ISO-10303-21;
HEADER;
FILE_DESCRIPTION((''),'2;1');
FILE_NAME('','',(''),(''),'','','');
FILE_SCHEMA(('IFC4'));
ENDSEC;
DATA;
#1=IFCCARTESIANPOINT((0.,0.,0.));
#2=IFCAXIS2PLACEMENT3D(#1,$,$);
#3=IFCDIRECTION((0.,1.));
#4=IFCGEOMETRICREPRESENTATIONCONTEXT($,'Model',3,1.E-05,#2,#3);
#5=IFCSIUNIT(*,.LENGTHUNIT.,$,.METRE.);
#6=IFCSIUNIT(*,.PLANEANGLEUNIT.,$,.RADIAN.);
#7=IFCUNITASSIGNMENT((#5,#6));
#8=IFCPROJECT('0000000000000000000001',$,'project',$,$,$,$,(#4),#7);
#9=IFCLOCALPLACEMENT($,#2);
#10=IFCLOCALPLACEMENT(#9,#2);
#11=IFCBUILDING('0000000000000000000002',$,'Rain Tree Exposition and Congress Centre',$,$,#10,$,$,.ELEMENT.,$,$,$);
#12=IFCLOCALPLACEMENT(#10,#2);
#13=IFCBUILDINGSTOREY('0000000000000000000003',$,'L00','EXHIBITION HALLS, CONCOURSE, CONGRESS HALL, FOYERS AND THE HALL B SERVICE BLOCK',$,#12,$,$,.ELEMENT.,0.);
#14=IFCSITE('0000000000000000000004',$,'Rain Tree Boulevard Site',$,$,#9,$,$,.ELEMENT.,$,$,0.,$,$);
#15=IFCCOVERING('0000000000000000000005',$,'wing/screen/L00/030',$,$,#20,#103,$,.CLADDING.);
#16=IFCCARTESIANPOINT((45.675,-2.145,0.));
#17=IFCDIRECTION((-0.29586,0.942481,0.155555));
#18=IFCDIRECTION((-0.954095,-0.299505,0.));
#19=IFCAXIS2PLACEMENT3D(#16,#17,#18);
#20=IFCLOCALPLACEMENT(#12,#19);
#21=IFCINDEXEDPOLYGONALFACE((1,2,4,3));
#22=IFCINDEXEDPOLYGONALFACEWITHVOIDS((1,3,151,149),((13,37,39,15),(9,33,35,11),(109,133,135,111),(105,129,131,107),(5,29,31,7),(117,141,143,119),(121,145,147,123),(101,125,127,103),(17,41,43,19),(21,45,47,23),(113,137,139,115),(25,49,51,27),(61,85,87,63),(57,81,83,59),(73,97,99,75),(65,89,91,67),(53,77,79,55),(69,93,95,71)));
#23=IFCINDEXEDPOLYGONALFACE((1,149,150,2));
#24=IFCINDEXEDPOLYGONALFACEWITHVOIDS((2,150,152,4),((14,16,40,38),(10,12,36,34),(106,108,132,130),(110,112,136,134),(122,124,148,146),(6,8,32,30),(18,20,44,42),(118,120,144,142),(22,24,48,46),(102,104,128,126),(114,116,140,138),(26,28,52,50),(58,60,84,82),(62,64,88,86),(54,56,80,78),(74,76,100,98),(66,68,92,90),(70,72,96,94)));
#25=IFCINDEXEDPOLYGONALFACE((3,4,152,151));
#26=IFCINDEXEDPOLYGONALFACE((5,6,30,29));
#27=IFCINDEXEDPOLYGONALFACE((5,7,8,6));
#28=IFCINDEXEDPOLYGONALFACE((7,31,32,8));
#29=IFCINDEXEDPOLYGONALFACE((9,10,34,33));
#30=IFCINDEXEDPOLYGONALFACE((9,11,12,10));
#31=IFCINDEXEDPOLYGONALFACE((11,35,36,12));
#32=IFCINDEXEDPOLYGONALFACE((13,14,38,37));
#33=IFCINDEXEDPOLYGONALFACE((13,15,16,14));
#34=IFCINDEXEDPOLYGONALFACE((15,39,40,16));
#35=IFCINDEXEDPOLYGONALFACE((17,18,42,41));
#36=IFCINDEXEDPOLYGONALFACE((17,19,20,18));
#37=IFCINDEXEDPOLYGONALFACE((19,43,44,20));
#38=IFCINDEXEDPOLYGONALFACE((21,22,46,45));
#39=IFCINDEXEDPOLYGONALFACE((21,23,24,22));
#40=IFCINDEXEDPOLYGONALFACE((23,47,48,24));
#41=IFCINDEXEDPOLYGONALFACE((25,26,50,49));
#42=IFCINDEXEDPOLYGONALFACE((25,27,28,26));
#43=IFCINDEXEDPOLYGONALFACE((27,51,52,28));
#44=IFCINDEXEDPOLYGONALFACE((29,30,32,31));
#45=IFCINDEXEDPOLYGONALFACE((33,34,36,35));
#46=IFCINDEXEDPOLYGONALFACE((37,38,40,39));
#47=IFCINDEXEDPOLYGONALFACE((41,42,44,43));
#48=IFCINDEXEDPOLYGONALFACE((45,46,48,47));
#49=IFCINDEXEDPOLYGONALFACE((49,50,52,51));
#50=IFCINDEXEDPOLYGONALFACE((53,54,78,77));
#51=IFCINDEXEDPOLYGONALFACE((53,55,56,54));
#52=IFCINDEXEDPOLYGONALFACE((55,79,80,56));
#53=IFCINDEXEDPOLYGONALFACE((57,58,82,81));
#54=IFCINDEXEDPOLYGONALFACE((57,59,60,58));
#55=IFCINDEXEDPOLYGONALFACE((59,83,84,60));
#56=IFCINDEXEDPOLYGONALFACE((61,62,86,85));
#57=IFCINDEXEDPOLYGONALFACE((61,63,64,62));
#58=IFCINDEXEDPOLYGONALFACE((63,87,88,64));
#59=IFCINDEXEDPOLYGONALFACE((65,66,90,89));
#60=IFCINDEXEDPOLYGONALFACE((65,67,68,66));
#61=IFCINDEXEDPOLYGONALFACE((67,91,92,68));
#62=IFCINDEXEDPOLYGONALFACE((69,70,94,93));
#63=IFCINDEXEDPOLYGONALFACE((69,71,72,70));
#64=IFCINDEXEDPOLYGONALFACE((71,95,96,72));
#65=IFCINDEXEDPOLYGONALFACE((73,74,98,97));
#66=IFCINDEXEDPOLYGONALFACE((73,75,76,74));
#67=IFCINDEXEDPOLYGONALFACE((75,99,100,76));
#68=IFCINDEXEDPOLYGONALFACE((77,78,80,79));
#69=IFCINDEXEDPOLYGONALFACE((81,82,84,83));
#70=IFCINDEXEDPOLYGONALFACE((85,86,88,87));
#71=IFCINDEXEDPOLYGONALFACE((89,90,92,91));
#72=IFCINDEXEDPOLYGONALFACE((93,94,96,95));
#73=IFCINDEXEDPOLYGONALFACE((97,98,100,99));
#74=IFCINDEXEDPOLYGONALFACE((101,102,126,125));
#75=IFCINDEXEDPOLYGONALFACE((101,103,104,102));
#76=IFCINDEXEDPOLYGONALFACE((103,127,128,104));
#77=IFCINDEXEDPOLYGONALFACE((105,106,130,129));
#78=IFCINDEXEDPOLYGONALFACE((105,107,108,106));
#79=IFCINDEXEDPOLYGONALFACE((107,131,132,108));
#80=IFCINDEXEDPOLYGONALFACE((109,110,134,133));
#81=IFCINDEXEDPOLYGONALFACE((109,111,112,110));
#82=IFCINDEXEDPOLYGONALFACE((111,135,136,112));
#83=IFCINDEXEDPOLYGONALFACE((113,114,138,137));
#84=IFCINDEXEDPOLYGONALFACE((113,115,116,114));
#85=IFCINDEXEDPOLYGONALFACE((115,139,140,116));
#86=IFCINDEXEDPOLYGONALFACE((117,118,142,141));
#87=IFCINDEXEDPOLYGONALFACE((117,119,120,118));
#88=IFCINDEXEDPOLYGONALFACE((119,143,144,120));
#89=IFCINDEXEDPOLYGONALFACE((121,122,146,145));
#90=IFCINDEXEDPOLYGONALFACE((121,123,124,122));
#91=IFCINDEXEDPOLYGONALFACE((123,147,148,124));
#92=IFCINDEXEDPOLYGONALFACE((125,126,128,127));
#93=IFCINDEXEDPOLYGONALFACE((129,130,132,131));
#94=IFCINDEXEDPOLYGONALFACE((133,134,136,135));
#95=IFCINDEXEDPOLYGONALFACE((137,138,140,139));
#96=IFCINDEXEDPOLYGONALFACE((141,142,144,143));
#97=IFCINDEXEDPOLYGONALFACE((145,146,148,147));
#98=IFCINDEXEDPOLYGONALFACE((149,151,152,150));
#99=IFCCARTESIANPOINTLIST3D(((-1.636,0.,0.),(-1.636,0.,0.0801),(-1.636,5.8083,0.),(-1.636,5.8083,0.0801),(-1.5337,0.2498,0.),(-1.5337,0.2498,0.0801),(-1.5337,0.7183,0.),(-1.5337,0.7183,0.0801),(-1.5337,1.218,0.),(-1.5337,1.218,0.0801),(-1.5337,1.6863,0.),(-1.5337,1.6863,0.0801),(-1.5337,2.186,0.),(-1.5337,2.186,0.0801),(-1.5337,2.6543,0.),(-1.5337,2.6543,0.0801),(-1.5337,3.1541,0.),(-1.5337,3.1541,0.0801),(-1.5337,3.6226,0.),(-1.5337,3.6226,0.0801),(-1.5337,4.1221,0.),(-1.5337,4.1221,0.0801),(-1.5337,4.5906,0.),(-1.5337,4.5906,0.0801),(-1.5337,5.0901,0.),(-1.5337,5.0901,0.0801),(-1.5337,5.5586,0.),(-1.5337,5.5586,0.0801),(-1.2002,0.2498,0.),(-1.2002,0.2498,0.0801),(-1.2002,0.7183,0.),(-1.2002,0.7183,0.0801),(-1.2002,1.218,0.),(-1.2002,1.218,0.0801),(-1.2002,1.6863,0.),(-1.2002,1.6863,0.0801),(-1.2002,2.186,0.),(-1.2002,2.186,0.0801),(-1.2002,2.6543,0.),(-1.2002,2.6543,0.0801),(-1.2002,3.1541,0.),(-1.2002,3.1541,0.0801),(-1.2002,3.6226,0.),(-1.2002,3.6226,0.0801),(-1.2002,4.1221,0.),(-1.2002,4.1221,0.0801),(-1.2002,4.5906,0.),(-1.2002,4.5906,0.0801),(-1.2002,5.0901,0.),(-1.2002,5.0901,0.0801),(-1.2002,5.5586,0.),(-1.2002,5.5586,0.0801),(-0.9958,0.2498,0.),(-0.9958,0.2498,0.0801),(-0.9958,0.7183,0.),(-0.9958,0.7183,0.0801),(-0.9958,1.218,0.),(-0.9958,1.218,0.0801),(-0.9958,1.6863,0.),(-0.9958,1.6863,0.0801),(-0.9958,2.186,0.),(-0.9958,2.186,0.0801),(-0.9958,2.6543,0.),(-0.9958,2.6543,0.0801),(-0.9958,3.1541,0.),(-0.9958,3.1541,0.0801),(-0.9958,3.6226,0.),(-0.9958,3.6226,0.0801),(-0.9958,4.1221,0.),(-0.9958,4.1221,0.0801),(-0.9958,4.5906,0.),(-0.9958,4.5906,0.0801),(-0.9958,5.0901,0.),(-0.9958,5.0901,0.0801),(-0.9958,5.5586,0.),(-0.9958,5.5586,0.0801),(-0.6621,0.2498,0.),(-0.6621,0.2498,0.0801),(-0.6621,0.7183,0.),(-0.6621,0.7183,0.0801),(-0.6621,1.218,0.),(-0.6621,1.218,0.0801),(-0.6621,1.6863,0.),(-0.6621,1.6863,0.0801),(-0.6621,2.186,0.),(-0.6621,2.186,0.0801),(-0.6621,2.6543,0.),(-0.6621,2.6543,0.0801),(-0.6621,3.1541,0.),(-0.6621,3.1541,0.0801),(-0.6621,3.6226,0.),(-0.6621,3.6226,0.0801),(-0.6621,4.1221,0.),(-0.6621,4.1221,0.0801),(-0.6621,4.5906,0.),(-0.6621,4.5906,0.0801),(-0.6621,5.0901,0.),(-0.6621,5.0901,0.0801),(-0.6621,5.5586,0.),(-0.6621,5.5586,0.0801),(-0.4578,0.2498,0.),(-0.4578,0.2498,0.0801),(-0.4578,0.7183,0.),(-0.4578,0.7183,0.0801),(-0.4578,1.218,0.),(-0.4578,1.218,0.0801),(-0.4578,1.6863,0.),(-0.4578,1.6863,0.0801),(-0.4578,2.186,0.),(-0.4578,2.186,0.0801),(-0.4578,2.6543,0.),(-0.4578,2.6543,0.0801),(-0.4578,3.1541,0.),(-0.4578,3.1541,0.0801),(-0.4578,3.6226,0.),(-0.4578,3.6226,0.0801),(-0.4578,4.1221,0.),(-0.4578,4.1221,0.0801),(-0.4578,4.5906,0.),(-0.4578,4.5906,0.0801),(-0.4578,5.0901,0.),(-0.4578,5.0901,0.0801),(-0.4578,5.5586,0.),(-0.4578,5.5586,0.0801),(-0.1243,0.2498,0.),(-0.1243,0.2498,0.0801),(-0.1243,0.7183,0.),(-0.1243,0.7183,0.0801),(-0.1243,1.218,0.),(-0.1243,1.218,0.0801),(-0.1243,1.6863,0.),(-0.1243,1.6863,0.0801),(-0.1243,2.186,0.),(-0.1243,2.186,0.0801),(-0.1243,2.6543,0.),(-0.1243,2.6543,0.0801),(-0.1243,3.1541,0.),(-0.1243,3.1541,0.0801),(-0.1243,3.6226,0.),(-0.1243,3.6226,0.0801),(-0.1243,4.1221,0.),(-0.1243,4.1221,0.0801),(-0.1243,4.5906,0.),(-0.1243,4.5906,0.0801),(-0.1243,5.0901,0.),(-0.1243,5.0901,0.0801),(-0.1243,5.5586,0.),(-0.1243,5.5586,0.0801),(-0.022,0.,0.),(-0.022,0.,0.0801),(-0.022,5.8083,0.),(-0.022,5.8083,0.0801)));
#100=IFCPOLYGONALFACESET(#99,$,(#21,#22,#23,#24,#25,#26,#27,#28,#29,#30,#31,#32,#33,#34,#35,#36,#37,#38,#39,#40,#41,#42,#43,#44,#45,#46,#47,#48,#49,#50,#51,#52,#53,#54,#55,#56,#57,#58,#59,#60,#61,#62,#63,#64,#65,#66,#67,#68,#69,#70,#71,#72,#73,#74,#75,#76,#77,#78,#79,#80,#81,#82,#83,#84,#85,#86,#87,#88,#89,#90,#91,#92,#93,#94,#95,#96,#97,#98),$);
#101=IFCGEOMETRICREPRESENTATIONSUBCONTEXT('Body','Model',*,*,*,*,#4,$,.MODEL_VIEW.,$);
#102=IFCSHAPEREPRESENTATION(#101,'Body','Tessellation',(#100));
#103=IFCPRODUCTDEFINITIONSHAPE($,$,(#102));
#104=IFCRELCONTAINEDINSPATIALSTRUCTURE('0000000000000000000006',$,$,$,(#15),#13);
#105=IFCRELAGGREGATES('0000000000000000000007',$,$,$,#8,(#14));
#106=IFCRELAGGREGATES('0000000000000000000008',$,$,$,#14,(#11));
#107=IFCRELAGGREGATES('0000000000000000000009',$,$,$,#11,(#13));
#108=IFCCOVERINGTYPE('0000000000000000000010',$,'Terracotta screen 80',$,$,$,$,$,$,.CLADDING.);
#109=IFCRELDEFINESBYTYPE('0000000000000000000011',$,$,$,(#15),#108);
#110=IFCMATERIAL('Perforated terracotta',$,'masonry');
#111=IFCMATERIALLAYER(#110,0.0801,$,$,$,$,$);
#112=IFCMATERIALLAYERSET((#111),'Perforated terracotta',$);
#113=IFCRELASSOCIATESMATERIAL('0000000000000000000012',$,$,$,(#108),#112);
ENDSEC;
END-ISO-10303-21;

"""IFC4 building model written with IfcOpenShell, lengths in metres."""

from ifc_helpers import new_model, si_unit, direction, frame, origin, place, context, subcontext, project, spatial, polyline, outline, extrude, material, layer, layer_set, type_object, element, save


model = new_model("IFC4")

# Units and contexts
model_context = context("Model", 3, precision=1e-05, world=origin(), true_north=direction((0.0, 1.0)))
body_context = subcontext(model_context, "Body", "Model", "MODEL_VIEW")
ifc_project = project(units=[si_unit("LENGTHUNIT", "METRE"), si_unit("PLANEANGLEUNIT", "RADIAN")], contexts=[model_context])

# Site, building, storey
site_placement = place(None, origin())
site = spatial("IfcSite", under=ifc_project, at=site_placement, Name="Rain Tree Boulevard Site", CompositionType="ELEMENT", RefElevation=0.0)
building_placement = place(site_placement, origin())
building = spatial("IfcBuilding", under=site, at=building_placement, Name="Rain Tree Exposition and Congress Centre", CompositionType="ELEMENT")
storey_placement = place(building_placement, origin())
storey = spatial("IfcBuildingStorey", under=building, at=storey_placement, Name="L00", Description="EXHIBITION HALLS, CONCOURSE, CONGRESS HALL, FOYERS AND THE HALL B SERVICE BLOCK", CompositionType="ELEMENT", Elevation=0.0)

# Covering
ifc_material_1 = material(Name="Perforated terracotta", Category="masonry")
ifc_layer_1 = layer(ifc_material_1, 0.0801)
ifc_layer_set_1 = layer_set([ifc_layer_1], Name="Perforated terracotta")
covering_type = type_object("IfcCoveringType", Name="Terracotta screen 80", PredefinedType="CLADDING", material=ifc_layer_set_1)
covering_1_placement = place(storey_placement, frame((45.675, -2.145, 0.0), z_axis=(-0.29586, 0.942481, 0.155555), x_axis=(-0.954095, -0.299505, 0.0)))
element("IfcCovering", 1, at=covering_1_placement, inside=storey, type_object=covering_type, Name="wing/screen/L00/030", PredefinedType="CLADDING", context=body_context, shape_type="SweptSolid", body=[
    extrude(outline(polyline([(-1.636, 0.0), (-1.636, 5.8083), (-0.022, 5.8083), (-0.022, 0.0), (-1.636, 0.0)]), holes=[polyline([(-0.1243, 0.2498), (-0.1243, 0.7183), (-0.4578, 0.7183), (-0.4578, 0.2498), (-0.1243, 0.2498)]), polyline([(-0.1243, 1.218), (-0.1243, 1.6863), (-0.4578, 1.6863), (-0.4578, 1.218), (-0.1243, 1.218)]), polyline([(-0.1243, 2.186), (-0.1243, 2.6543), (-0.4578, 2.6543), (-0.4578, 2.186), (-0.1243, 2.186)]), polyline([(-0.1243, 3.1541), (-0.1243, 3.6226), (-0.4578, 3.6226), (-0.4578, 3.1541), (-0.1243, 3.1541)]), polyline([(-0.1243, 4.1221), (-0.1243, 4.5906), (-0.4578, 4.5906), (-0.4578, 4.1221), (-0.1243, 4.1221)]), polyline([(-0.1243, 5.0901), (-0.1243, 5.5586), (-0.4578, 5.5586), (-0.4578, 5.0901), (-0.1243, 5.0901)]), polyline([(-0.6621, 0.2498), (-0.6621, 0.7183), (-0.9958, 0.7183), (-0.9958, 0.2498), (-0.6621, 0.2498)]), polyline([(-0.6621, 1.218), (-0.6621, 1.6863), (-0.9958, 1.6863), (-0.9958, 1.218), (-0.6621, 1.218)]), polyline([(-0.6621, 2.186), (-0.6621, 2.6543), (-0.9958, 2.6543), (-0.9958, 2.186), (-0.6621, 2.186)]), polyline([(-0.6621, 3.1541), (-0.6621, 3.6226), (-0.9958, 3.6226), (-0.9958, 3.1541), (-0.6621, 3.1541)]), polyline([(-0.6621, 4.1221), (-0.6621, 4.5906), (-0.9958, 4.5906), (-0.9958, 4.1221), (-0.6621, 4.1221)]), polyline([(-0.6621, 5.0901), (-0.6621, 5.5586), (-0.9958, 5.5586), (-0.9958, 5.0901), (-0.6621, 5.0901)]), polyline([(-1.2002, 0.2498), (-1.2002, 0.7183), (-1.5337, 0.7183), (-1.5337, 0.2498), (-1.2002, 0.2498)]), polyline([(-1.2002, 1.218), (-1.2002, 1.6863), (-1.5337, 1.6863), (-1.5337, 1.218), (-1.2002, 1.218)]), polyline([(-1.2002, 2.186), (-1.2002, 2.6543), (-1.5337, 2.6543), (-1.5337, 2.186), (-1.2002, 2.186)]), polyline([(-1.2002, 3.1541), (-1.2002, 3.6226), (-1.5337, 3.6226), (-1.5337, 3.1541), (-1.2002, 3.1541)]), polyline([(-1.2002, 4.1221), (-1.2002, 4.5906), (-1.5337, 4.5906), (-1.5337, 4.1221), (-1.2002, 4.1221)]), polyline([(-1.2002, 5.0901), (-1.2002, 5.5586), (-1.5337, 5.5586), (-1.5337, 5.0901), (-1.2002, 5.0901)])]), origin(), (0.0, 0.0, 1.0), 0.0801),
])

save(model, "model.ifc")
